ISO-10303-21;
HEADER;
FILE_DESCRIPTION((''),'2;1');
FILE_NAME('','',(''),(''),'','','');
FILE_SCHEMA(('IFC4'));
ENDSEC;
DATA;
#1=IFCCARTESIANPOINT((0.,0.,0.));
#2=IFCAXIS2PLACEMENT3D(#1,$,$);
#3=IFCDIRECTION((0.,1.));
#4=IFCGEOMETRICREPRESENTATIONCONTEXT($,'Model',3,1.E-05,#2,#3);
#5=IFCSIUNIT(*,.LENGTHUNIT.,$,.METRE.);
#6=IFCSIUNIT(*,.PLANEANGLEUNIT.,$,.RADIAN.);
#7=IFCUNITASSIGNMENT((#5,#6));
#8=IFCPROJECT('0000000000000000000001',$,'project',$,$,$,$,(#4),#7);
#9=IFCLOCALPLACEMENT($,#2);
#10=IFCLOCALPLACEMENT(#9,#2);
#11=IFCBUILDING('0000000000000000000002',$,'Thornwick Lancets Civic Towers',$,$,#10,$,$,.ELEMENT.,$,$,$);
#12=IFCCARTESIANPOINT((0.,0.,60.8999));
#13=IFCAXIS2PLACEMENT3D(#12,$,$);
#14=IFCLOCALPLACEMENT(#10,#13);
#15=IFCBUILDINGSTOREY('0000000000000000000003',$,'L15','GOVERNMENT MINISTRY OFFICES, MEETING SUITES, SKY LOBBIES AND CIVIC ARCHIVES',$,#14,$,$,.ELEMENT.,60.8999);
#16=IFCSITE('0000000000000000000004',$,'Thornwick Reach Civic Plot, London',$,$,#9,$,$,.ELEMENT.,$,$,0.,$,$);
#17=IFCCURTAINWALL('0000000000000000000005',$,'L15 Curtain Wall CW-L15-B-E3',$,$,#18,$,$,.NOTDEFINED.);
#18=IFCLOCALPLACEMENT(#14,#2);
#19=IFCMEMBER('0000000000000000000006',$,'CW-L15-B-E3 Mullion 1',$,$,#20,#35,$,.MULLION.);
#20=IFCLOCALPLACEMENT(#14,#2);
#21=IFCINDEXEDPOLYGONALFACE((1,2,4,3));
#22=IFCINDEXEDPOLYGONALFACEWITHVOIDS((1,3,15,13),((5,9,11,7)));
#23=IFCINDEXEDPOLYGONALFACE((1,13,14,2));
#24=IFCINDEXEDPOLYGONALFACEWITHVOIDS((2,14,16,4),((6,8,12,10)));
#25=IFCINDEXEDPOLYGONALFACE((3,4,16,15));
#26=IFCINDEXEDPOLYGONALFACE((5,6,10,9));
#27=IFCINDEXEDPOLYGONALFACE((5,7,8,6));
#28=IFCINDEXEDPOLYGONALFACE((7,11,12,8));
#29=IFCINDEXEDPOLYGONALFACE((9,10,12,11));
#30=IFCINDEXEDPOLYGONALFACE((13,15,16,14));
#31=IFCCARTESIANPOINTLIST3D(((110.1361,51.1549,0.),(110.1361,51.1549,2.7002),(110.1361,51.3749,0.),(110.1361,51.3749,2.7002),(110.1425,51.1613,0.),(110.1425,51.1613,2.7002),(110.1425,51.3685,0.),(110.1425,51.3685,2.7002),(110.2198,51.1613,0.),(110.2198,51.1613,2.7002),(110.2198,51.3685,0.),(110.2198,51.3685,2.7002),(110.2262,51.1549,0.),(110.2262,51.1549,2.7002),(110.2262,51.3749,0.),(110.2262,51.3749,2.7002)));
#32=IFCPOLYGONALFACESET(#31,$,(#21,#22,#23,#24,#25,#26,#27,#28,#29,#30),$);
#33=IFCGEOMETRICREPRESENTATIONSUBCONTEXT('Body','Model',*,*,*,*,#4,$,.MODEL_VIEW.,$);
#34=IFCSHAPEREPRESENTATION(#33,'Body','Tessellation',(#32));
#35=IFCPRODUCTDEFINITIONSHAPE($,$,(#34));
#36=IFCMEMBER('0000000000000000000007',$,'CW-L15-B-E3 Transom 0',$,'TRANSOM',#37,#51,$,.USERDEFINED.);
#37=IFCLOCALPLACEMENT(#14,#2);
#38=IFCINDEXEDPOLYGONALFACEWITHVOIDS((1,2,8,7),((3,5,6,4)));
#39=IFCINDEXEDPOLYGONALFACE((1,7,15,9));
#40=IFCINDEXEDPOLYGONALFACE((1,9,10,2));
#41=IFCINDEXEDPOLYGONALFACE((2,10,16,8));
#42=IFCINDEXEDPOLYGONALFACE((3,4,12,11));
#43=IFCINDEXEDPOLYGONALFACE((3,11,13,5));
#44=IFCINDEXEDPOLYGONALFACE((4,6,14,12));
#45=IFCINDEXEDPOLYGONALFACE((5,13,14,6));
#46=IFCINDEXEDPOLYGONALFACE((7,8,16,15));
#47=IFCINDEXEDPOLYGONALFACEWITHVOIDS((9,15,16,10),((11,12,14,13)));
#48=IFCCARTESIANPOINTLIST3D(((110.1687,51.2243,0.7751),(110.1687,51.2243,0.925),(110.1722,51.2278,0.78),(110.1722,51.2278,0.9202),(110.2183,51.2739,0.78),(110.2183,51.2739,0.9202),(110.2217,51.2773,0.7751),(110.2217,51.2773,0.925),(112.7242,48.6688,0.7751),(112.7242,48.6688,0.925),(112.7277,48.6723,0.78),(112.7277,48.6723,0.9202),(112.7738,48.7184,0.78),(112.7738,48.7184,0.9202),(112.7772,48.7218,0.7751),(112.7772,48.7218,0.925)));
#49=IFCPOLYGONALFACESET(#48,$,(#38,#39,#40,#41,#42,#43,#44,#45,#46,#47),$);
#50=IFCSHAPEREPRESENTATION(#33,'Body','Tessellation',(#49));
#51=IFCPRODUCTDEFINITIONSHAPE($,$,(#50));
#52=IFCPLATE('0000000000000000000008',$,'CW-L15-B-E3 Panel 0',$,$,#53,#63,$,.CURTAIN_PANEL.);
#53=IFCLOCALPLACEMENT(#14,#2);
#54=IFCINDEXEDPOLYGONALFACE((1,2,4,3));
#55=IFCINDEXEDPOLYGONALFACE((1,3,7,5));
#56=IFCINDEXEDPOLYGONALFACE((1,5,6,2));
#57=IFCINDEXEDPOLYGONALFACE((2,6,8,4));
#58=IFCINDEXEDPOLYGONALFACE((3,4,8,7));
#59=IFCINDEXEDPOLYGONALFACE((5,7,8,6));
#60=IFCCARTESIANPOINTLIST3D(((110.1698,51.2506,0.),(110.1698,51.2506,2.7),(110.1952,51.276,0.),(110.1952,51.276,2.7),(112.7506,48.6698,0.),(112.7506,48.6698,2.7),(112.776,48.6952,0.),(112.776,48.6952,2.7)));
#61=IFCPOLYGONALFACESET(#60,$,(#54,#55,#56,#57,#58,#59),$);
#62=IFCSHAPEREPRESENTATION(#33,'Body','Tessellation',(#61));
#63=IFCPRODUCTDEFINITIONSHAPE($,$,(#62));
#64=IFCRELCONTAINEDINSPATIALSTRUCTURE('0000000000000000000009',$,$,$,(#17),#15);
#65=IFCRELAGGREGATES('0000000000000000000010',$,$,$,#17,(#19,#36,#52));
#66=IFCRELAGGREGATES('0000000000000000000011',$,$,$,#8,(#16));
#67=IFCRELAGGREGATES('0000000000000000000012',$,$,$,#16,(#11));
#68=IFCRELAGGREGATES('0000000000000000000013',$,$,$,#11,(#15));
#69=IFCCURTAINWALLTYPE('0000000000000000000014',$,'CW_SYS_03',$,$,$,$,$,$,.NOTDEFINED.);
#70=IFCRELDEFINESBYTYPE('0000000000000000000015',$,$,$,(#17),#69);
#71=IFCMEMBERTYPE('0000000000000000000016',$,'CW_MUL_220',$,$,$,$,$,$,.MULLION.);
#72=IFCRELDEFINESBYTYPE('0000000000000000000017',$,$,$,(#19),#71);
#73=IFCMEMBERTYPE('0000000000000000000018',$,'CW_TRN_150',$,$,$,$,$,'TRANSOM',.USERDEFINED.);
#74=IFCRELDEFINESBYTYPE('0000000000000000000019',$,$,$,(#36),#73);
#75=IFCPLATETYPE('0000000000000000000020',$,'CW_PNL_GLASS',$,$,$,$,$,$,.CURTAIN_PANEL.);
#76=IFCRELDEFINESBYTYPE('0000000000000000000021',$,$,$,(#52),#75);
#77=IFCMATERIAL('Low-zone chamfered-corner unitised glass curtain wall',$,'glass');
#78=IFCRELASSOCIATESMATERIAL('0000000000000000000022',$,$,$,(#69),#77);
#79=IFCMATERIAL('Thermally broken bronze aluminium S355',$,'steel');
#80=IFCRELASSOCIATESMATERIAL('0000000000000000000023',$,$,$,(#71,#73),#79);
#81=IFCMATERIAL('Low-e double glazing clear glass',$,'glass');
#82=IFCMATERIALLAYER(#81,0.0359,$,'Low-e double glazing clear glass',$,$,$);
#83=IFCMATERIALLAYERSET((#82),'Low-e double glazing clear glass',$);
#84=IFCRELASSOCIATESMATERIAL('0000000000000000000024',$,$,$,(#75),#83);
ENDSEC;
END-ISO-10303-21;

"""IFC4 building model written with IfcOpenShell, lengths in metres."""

from ifc_helpers import new_model, si_unit, direction, frame, origin, origin_2d, place, context, subcontext, project, spatial, rectangle, hollow_rectangle, extrude, material, layer, layer_set, material_profile, profile_set, type_object, element, aggregate, save


model = new_model("IFC4")

# Units and contexts
model_context = context("Model", 3, precision=1e-05, world=origin(), true_north=direction((0.0, 1.0)))
body_context = subcontext(model_context, "Body", "Model", "MODEL_VIEW")
ifc_project = project(units=[si_unit("LENGTHUNIT", "METRE"), si_unit("PLANEANGLEUNIT", "RADIAN")], contexts=[model_context])

# Site, building, storey
site_placement = place(None, origin())
site = spatial("IfcSite", under=ifc_project, at=site_placement, Name="Thornwick Reach Civic Plot, London", CompositionType="ELEMENT", RefElevation=0.0)
building_placement = place(site_placement, origin())
building = spatial("IfcBuilding", under=site, at=building_placement, Name="Thornwick Lancets Civic Towers", CompositionType="ELEMENT")
storey_placement = place(building_placement, frame((0.0, 0.0, 60.8999)))
storey = spatial("IfcBuildingStorey", under=building, at=storey_placement, Name="L15", Description="GOVERNMENT MINISTRY OFFICES, MEETING SUITES, SKY LOBBIES AND CIVIC ARCHIVES", CompositionType="ELEMENT", Elevation=60.8999)

# Curtain wall, members, plate
ifc_material_1 = material(Name="Low-zone chamfered-corner unitised glass curtain wall", Category="glass")
curtain_wall_type = type_object("IfcCurtainWallType", Name="CW_SYS_03", PredefinedType="NOTDEFINED", material=ifc_material_1)
curtain_wall_placement = place(storey_placement, origin())
curtain_wall = element("IfcCurtainWall", 1, at=curtain_wall_placement, inside=storey, type_object=curtain_wall_type, Name="L15 Curtain Wall CW-L15-B-E3", PredefinedType="NOTDEFINED")
ifc_material_2 = material(Name="Thermally broken bronze aluminium S355", Category="steel")
ifc_material_profile_1 = material_profile(ifc_material_2, hollow_rectangle(XDim=0.0901, YDim=0.22, WallThickness=0.0063, at=origin_2d()), Name="RHS 220x90x6.3")
ifc_profile_set_1 = profile_set([ifc_material_profile_1], Name="Thermally broken bronze aluminium S355")
member_type_1 = type_object("IfcMemberType", Name="CW_MUL_220", PredefinedType="MULLION", material=ifc_profile_set_1)
member_1_placement = place(storey_placement, frame((110.1812, 51.2649, 0.0), z_axis=(0.0, 0.0, 1.0), x_axis=(1.0, 0.0, 0.0)))
member_1 = element("IfcMember", 2, at=member_1_placement, type_object=member_type_1, Name="CW-L15-B-E3 Mullion 1", PredefinedType="MULLION", context=body_context, shape_type="SweptSolid", body=[
    extrude(hollow_rectangle(XDim=0.0901, YDim=0.22, WallThickness=0.0063, at=origin_2d()), origin(), (0.0, 0.0, 1.0), 2.7002),
])
ifc_material_profile_2 = material_profile(ifc_material_2, hollow_rectangle(XDim=0.075, YDim=0.1499, WallThickness=0.0049, at=origin_2d()), Name="RHS 150x75x5")
ifc_profile_set_2 = profile_set([ifc_material_profile_2], Name="Thermally broken bronze aluminium S355")
member_type_2 = type_object("IfcMemberType", Name="CW_TRN_150", ElementType="TRANSOM", PredefinedType="USERDEFINED", material=ifc_profile_set_2)
member_2_placement = place(storey_placement, frame((112.7507, 48.6953, 0.8501), z_axis=(-0.707107, 0.707107, 0.0), x_axis=(-0.707107, -0.707107, 0.0)))
member_2 = element("IfcMember", 3, at=member_2_placement, type_object=member_type_2, Name="CW-L15-B-E3 Transom 0", ObjectType="TRANSOM", PredefinedType="USERDEFINED", context=body_context, shape_type="SweptSolid", body=[
    extrude(hollow_rectangle(XDim=0.075, YDim=0.1499, WallThickness=0.0049, at=origin_2d()), origin(), (0.0, 0.0, 1.0), 3.614),
])
ifc_material_3 = material(Name="Low-e double glazing clear glass", Category="glass")
ifc_layer_1 = layer(ifc_material_3, 0.0359, Name="Low-e double glazing clear glass")
ifc_layer_set_1 = layer_set([ifc_layer_1], Name="Low-e double glazing clear glass")
plate_type = type_object("IfcPlateType", Name="CW_PNL_GLASS", PredefinedType="CURTAIN_PANEL", material=ifc_layer_set_1)
plate_placement = place(storey_placement, frame((111.4729, 49.9729, 0.0), z_axis=(0.0, 0.0, 1.0), x_axis=(-0.707107, 0.707107, 0.0)))
plate = element("IfcPlate", 4, at=plate_placement, type_object=plate_type, Name="CW-L15-B-E3 Panel 0", PredefinedType="CURTAIN_PANEL", context=body_context, shape_type="SweptSolid", body=[
    extrude(rectangle(XDim=3.6499, YDim=0.0359, at=origin_2d()), origin(), (0.0, 0.0, 1.0), 2.7),
])
aggregate(curtain_wall, [member_1, member_2, plate])

save(model, "model.ifc")
